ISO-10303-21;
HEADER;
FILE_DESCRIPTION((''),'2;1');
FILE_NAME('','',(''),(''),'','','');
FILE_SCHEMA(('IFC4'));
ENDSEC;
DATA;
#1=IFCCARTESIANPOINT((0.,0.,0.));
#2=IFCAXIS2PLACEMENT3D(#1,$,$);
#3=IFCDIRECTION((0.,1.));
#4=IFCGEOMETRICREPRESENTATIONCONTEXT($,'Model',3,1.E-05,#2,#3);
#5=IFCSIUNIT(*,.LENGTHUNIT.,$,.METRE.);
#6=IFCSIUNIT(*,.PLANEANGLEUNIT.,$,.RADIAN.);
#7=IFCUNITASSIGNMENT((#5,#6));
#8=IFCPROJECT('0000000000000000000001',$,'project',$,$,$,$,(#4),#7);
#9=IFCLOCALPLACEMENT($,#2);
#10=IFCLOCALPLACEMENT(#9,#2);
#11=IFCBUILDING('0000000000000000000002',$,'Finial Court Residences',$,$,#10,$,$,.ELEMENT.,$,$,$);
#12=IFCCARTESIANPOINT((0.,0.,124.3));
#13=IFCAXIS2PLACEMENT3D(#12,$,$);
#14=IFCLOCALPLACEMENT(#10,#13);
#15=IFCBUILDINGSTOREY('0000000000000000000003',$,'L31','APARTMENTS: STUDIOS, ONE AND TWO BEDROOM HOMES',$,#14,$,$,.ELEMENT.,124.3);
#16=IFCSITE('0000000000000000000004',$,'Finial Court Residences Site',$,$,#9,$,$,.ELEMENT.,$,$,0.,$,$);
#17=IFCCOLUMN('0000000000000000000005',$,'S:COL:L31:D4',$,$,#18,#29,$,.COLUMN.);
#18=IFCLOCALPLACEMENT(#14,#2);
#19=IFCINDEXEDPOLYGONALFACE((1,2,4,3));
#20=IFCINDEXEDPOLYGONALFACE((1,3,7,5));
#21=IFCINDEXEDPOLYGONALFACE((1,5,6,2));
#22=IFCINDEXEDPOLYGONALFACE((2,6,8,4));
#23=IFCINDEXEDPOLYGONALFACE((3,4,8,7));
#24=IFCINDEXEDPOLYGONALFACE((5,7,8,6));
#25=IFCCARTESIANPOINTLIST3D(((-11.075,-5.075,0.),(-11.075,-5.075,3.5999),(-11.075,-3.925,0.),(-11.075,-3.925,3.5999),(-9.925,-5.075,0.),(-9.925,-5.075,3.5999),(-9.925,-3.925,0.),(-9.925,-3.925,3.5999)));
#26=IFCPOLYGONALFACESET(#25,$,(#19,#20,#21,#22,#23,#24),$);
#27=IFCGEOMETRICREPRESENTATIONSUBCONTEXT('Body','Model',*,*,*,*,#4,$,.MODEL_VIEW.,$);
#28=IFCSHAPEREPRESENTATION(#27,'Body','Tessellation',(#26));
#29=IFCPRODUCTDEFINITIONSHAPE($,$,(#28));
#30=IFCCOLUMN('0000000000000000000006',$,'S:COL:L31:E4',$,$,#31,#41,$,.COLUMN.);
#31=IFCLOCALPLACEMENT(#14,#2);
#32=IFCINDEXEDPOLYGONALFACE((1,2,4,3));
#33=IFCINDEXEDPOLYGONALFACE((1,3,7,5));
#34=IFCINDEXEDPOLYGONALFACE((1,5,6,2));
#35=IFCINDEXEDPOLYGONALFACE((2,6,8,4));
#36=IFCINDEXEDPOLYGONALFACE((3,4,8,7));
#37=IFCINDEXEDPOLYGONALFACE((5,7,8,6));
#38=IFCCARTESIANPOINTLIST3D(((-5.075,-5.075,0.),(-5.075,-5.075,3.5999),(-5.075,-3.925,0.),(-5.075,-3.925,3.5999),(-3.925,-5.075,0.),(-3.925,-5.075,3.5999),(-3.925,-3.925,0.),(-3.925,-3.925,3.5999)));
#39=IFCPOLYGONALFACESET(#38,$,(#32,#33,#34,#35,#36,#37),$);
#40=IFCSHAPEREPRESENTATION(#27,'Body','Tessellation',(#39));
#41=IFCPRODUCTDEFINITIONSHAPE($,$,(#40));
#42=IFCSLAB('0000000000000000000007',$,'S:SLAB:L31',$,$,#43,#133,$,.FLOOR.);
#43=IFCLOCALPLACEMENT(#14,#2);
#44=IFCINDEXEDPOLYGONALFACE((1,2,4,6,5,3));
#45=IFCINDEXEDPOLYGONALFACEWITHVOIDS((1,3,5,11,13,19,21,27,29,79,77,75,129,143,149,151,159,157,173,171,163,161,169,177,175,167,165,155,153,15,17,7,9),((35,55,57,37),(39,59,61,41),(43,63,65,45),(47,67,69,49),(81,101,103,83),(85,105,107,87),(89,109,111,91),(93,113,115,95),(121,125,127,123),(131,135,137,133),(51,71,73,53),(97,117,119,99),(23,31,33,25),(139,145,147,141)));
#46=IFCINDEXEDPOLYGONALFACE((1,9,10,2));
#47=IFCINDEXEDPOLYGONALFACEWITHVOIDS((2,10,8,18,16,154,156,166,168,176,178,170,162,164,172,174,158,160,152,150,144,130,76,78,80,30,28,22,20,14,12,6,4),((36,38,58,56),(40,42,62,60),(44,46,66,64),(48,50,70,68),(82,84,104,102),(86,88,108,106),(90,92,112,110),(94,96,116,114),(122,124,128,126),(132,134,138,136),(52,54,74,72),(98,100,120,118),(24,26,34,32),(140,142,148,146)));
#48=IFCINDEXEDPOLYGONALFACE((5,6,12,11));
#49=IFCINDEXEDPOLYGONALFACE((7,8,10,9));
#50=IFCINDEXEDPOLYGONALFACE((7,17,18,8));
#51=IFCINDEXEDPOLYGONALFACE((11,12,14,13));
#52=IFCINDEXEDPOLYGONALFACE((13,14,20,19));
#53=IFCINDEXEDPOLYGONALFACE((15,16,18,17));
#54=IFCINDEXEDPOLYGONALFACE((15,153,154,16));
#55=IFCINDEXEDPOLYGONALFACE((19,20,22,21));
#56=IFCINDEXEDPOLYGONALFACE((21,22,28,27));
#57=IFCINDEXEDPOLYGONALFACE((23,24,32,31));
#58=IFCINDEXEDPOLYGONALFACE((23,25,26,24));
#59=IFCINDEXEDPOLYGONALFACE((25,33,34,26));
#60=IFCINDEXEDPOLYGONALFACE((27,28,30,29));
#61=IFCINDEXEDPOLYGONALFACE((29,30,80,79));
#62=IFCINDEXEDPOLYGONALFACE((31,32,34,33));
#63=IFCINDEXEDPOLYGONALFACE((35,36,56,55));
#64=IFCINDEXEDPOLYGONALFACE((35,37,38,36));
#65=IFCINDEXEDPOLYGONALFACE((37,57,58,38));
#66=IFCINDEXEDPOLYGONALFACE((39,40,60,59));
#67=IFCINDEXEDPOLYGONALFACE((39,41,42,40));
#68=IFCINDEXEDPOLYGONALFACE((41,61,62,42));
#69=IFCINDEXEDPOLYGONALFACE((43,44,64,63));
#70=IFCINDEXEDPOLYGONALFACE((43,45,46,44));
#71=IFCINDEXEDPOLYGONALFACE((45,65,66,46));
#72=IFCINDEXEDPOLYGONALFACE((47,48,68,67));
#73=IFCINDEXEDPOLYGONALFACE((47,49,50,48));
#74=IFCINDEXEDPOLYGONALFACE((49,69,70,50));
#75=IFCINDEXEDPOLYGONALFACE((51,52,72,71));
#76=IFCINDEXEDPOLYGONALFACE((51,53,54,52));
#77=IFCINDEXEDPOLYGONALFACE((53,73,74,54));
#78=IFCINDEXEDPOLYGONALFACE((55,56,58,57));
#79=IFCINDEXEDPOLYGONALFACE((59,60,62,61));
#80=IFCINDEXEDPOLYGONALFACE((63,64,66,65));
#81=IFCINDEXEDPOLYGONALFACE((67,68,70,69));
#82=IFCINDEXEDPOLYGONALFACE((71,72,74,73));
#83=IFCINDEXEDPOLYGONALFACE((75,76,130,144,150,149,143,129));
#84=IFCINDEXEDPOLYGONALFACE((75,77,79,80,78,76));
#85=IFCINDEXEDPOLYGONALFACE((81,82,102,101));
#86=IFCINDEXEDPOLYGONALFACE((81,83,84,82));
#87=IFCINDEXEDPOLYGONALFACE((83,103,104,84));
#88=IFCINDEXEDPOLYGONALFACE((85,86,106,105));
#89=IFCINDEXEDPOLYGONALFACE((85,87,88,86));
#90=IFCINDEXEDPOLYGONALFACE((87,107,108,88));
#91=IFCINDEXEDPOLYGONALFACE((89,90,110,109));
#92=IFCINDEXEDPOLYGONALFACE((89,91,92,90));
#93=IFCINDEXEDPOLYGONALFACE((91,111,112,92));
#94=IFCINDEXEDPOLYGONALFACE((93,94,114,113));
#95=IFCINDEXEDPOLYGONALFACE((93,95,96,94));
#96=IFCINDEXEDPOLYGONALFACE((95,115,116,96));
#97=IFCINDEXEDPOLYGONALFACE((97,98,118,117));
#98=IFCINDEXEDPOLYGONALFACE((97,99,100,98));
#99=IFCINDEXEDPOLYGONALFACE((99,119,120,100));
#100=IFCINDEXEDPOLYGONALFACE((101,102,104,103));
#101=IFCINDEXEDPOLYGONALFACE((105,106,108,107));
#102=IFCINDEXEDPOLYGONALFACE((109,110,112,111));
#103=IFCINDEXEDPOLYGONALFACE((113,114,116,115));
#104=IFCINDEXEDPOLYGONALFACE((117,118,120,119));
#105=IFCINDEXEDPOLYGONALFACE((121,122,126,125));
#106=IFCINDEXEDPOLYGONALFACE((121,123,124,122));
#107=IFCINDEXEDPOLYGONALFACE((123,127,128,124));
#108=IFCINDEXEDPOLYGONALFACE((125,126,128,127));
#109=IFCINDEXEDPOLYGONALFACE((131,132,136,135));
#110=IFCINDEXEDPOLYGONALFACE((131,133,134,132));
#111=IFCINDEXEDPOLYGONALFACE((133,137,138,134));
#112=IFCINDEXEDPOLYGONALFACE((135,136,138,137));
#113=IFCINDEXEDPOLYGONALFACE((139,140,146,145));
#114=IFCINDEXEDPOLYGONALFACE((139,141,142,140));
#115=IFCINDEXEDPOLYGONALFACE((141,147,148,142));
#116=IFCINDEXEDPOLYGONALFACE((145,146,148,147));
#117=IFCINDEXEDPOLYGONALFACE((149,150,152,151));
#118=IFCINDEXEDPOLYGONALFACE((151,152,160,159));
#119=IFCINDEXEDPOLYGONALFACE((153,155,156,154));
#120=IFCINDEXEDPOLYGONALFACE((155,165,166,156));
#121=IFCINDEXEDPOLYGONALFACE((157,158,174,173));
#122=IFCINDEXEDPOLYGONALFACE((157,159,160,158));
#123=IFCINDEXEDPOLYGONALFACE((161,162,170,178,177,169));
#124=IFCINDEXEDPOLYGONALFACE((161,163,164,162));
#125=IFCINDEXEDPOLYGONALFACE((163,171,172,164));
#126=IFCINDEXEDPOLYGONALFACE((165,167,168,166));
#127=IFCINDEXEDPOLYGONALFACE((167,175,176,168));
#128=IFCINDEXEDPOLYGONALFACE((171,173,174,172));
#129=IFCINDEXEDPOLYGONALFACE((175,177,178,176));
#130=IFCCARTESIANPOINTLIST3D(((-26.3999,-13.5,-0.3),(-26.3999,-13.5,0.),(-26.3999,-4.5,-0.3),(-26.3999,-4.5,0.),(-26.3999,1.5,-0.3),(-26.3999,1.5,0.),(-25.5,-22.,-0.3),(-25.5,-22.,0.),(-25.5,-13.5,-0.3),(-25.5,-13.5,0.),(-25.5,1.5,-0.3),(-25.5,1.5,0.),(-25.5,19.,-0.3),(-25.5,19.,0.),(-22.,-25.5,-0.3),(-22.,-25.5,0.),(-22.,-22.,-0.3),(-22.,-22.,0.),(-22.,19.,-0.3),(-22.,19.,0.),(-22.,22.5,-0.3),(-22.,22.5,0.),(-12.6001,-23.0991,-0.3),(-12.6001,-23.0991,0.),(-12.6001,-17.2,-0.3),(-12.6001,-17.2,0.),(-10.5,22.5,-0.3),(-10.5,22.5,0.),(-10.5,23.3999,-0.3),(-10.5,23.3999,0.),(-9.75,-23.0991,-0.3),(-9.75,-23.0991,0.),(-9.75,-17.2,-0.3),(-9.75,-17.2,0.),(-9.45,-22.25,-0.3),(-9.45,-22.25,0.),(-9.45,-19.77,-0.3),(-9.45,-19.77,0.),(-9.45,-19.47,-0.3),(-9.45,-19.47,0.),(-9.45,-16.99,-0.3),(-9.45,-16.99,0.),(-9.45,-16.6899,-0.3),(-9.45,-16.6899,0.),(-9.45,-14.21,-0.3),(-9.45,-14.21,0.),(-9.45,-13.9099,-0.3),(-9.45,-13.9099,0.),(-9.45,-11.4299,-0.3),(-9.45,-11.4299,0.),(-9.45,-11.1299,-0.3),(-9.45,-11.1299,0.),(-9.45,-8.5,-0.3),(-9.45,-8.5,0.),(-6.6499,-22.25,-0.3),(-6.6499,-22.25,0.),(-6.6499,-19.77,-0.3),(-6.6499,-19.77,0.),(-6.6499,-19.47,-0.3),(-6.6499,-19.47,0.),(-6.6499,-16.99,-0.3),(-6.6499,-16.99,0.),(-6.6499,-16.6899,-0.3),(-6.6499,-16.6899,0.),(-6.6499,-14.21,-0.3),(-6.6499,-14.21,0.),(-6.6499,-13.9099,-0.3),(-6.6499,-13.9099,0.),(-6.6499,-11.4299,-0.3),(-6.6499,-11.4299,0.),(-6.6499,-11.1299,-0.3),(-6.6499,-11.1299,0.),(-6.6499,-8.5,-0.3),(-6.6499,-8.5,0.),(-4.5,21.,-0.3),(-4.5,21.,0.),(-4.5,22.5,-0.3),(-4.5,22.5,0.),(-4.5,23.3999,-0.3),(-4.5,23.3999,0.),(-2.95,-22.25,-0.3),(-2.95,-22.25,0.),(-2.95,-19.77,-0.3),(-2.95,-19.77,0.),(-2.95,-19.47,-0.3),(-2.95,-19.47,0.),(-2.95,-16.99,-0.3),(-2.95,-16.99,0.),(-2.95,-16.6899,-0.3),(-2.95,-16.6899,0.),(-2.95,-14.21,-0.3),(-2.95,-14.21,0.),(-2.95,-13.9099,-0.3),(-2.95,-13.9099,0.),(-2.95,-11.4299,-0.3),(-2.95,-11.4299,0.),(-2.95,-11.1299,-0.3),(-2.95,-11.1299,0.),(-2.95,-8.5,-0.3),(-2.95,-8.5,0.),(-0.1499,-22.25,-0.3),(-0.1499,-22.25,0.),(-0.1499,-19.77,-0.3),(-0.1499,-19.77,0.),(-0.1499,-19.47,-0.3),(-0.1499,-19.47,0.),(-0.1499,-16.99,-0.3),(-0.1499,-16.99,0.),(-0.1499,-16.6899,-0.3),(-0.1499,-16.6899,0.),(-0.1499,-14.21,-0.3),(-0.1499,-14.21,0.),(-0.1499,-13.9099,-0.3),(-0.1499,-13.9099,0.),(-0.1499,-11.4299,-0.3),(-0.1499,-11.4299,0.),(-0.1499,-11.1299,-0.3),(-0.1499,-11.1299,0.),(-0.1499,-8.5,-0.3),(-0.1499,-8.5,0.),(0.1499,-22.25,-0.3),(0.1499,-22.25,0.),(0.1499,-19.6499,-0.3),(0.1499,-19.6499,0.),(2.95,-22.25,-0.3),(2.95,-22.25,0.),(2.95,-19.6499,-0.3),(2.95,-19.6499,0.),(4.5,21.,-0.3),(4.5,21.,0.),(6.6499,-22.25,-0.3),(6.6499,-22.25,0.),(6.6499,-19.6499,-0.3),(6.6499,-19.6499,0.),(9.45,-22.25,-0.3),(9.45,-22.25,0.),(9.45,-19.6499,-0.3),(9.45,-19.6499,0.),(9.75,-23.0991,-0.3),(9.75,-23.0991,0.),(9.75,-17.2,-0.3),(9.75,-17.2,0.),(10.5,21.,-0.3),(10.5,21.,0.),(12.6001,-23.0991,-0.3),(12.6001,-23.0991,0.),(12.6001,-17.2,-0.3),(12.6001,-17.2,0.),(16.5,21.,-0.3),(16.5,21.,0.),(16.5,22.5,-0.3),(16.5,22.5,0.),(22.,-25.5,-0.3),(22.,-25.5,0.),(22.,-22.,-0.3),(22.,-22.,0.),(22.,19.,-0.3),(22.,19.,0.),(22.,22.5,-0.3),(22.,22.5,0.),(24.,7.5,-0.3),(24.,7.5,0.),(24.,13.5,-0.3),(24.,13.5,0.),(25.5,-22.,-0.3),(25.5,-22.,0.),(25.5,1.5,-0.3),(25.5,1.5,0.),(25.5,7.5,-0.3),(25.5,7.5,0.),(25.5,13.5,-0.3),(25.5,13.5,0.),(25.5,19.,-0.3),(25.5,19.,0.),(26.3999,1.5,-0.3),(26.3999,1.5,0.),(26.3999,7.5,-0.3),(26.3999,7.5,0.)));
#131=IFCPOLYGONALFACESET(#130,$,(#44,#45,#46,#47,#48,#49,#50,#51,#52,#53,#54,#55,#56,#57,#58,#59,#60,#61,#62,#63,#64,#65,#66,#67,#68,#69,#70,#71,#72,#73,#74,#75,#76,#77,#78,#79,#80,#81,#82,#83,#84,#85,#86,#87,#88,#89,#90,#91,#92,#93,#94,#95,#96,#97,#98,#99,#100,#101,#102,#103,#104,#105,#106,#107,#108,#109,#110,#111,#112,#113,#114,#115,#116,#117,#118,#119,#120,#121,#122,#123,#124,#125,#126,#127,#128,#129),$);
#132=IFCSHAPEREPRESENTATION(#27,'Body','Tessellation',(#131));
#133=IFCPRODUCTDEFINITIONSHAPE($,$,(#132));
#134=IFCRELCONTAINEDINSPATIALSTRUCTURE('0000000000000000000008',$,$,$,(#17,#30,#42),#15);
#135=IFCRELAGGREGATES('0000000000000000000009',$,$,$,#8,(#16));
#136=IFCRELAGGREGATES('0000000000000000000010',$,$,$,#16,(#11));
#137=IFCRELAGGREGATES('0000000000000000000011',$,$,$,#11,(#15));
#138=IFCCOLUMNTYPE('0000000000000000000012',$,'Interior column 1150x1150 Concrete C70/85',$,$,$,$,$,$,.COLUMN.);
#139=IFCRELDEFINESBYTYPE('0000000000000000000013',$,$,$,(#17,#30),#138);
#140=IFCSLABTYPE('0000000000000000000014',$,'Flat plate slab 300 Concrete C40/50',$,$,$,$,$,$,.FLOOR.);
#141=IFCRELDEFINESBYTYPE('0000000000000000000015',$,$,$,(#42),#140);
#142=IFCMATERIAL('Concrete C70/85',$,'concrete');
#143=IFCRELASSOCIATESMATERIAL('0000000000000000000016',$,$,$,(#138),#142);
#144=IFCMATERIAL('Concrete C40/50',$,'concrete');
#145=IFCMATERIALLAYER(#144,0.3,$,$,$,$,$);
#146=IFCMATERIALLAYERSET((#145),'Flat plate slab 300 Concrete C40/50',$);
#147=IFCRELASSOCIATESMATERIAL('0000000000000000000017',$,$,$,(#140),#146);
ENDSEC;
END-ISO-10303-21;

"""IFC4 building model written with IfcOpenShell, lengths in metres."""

from ifc_helpers import new_model, si_unit, direction, frame, origin, origin_2d, place, context, subcontext, project, spatial, polyline, rectangle, outline, extrude, material, layer, layer_set, material_profile, profile_set, type_object, element, save


model = new_model("IFC4")

# Units and contexts
model_context = context("Model", 3, precision=1e-05, world=origin(), true_north=direction((0.0, 1.0)))
body_context = subcontext(model_context, "Body", "Model", "MODEL_VIEW")
ifc_project = project(units=[si_unit("LENGTHUNIT", "METRE"), si_unit("PLANEANGLEUNIT", "RADIAN")], contexts=[model_context])

# Site, building, storey
site_placement = place(None, origin())
site = spatial("IfcSite", under=ifc_project, at=site_placement, Name="Finial Court Residences Site", CompositionType="ELEMENT", RefElevation=0.0)
building_placement = place(site_placement, origin())
building = spatial("IfcBuilding", under=site, at=building_placement, Name="Finial Court Residences", CompositionType="ELEMENT")
storey_placement = place(building_placement, frame((0.0, 0.0, 124.3)))
storey = spatial("IfcBuildingStorey", under=building, at=storey_placement, Name="L31", Description="APARTMENTS: STUDIOS, ONE AND TWO BEDROOM HOMES", CompositionType="ELEMENT", Elevation=124.3)

# Columns
ifc_material_1 = material(Name="Concrete C70/85", Category="concrete")
ifc_material_profile = material_profile(ifc_material_1, rectangle(XDim=1.1499, YDim=1.1499, at=origin_2d()), Name="1150x1150")
ifc_profile_set = profile_set([ifc_material_profile], Name="Concrete C70/85")
column_type = type_object("IfcColumnType", Name="Interior column 1150x1150 Concrete C70/85", PredefinedType="COLUMN", material=ifc_profile_set)
for number, where, z_axis, x_axis, name in (
    (1, (-10.5, -4.5, 0.0), (0.0, 0.0, 1.0), (1.0, 0.0, 0.0), "S:COL:L31:D4"),
    (2, (-4.5, -4.5, 0.0), (0.0, 0.0, 1.0), (1.0, 0.0, 0.0), "S:COL:L31:E4"),
):
    element("IfcColumn", number, at=place(storey_placement, frame(where, z_axis=z_axis, x_axis=x_axis)), inside=storey, type_object=column_type, Name=name, PredefinedType="COLUMN", context=body_context, shape_type="SweptSolid", body=[
        extrude(rectangle(XDim=1.1499, YDim=1.1499, at=origin_2d()), origin(), (0.0, 0.0, 1.0), 3.5999),
    ])

# Slab
ifc_material_2 = material(Name="Concrete C40/50", Category="concrete")
ifc_layer_1 = layer(ifc_material_2, 0.3)
ifc_layer_set_1 = layer_set([ifc_layer_1], Name="Flat plate slab 300 Concrete C40/50")
slab_type = type_object("IfcSlabType", Name="Flat plate slab 300 Concrete C40/50", PredefinedType="FLOOR", material=ifc_layer_set_1)
slab_placement = place(storey_placement, frame((0.0, 0.0, -0.3)))
element("IfcSlab", 3, at=slab_placement, inside=storey, type_object=slab_type, Name="S:SLAB:L31", PredefinedType="FLOOR", context=body_context, shape_type="SweptSolid", body=[
    extrude(outline(polyline([(-26.3999, 1.5), (-25.5, 1.5), (-25.5, 19.0), (-22.0, 19.0), (-22.0, 22.5), (-10.5, 22.5), (-10.5, 23.3999), (-4.5, 23.3999), (-4.5, 22.5), (-4.5, 21.0), (4.5, 21.0), (10.5, 21.0), (16.5, 21.0), (16.5, 22.5), (22.0, 22.5), (22.0, 19.0), (25.5, 19.0), (25.5, 13.5), (24.0, 13.5), (24.0, 7.5), (25.5, 7.5), (26.3999, 7.5), (26.3999, 1.5), (25.5, 1.5), (25.5, -22.0), (22.0, -22.0), (22.0, -25.5), (-22.0, -25.5), (-22.0, -22.0), (-25.5, -22.0), (-25.5, -13.5), (-26.3999, -13.5), (-26.3999, -4.5), (-26.3999, 1.5)]), holes=[polyline([(-6.6499, -19.77), (-9.45, -19.77), (-9.45, -22.25), (-6.6499, -22.25), (-6.6499, -19.77)]), polyline([(-9.75, -17.2), (-12.6001, -17.2), (-12.6001, -23.0991), (-9.75, -23.0991), (-9.75, -17.2)]), polyline([(-6.6499, -19.47), (-6.6499, -16.99), (-9.45, -16.99), (-9.45, -19.47), (-6.6499, -19.47)]), polyline([(-6.6499, -16.6899), (-6.6499, -14.21), (-9.45, -14.21), (-9.45, -16.6899), (-6.6499, -16.6899)]), polyline([(-6.6499, -13.9099), (-6.6499, -11.4299), (-9.45, -11.4299), (-9.45, -13.9099), (-6.6499, -13.9099)]), polyline([(-6.6499, -11.1299), (-6.6499, -8.5), (-9.45, -8.5), (-9.45, -11.1299), (-6.6499, -11.1299)]), polyline([(-0.1499, -11.1299), (-0.1499, -8.5), (-2.95, -8.5), (-2.95, -11.1299), (-0.1499, -11.1299)]), polyline([(-0.1499, -19.77), (-2.95, -19.77), (-2.95, -22.25), (-0.1499, -22.25), (-0.1499, -19.77)]), polyline([(2.95, -22.25), (2.95, -19.6499), (0.1499, -19.6499), (0.1499, -22.25), (2.95, -22.25)]), polyline([(9.45, -22.25), (9.45, -19.6499), (6.6499, -19.6499), (6.6499, -22.25), (9.45, -22.25)]), polyline([(12.6001, -17.2), (9.75, -17.2), (9.75, -23.0991), (12.6001, -23.0991), (12.6001, -17.2)]), polyline([(-0.1499, -19.47), (-0.1499, -16.99), (-2.95, -16.99), (-2.95, -19.47), (-0.1499, -19.47)]), polyline([(-0.1499, -16.6899), (-0.1499, -14.21), (-2.95, -14.21), (-2.95, -16.6899), (-0.1499, -16.6899)]), polyline([(-0.1499, -13.9099), (-0.1499, -11.4299), (-2.95, -11.4299), (-2.95, -13.9099), (-0.1499, -13.9099)])]), origin(), (0.0, 0.0, 1.0), 0.3),
])

save(model, "model.ifc")
